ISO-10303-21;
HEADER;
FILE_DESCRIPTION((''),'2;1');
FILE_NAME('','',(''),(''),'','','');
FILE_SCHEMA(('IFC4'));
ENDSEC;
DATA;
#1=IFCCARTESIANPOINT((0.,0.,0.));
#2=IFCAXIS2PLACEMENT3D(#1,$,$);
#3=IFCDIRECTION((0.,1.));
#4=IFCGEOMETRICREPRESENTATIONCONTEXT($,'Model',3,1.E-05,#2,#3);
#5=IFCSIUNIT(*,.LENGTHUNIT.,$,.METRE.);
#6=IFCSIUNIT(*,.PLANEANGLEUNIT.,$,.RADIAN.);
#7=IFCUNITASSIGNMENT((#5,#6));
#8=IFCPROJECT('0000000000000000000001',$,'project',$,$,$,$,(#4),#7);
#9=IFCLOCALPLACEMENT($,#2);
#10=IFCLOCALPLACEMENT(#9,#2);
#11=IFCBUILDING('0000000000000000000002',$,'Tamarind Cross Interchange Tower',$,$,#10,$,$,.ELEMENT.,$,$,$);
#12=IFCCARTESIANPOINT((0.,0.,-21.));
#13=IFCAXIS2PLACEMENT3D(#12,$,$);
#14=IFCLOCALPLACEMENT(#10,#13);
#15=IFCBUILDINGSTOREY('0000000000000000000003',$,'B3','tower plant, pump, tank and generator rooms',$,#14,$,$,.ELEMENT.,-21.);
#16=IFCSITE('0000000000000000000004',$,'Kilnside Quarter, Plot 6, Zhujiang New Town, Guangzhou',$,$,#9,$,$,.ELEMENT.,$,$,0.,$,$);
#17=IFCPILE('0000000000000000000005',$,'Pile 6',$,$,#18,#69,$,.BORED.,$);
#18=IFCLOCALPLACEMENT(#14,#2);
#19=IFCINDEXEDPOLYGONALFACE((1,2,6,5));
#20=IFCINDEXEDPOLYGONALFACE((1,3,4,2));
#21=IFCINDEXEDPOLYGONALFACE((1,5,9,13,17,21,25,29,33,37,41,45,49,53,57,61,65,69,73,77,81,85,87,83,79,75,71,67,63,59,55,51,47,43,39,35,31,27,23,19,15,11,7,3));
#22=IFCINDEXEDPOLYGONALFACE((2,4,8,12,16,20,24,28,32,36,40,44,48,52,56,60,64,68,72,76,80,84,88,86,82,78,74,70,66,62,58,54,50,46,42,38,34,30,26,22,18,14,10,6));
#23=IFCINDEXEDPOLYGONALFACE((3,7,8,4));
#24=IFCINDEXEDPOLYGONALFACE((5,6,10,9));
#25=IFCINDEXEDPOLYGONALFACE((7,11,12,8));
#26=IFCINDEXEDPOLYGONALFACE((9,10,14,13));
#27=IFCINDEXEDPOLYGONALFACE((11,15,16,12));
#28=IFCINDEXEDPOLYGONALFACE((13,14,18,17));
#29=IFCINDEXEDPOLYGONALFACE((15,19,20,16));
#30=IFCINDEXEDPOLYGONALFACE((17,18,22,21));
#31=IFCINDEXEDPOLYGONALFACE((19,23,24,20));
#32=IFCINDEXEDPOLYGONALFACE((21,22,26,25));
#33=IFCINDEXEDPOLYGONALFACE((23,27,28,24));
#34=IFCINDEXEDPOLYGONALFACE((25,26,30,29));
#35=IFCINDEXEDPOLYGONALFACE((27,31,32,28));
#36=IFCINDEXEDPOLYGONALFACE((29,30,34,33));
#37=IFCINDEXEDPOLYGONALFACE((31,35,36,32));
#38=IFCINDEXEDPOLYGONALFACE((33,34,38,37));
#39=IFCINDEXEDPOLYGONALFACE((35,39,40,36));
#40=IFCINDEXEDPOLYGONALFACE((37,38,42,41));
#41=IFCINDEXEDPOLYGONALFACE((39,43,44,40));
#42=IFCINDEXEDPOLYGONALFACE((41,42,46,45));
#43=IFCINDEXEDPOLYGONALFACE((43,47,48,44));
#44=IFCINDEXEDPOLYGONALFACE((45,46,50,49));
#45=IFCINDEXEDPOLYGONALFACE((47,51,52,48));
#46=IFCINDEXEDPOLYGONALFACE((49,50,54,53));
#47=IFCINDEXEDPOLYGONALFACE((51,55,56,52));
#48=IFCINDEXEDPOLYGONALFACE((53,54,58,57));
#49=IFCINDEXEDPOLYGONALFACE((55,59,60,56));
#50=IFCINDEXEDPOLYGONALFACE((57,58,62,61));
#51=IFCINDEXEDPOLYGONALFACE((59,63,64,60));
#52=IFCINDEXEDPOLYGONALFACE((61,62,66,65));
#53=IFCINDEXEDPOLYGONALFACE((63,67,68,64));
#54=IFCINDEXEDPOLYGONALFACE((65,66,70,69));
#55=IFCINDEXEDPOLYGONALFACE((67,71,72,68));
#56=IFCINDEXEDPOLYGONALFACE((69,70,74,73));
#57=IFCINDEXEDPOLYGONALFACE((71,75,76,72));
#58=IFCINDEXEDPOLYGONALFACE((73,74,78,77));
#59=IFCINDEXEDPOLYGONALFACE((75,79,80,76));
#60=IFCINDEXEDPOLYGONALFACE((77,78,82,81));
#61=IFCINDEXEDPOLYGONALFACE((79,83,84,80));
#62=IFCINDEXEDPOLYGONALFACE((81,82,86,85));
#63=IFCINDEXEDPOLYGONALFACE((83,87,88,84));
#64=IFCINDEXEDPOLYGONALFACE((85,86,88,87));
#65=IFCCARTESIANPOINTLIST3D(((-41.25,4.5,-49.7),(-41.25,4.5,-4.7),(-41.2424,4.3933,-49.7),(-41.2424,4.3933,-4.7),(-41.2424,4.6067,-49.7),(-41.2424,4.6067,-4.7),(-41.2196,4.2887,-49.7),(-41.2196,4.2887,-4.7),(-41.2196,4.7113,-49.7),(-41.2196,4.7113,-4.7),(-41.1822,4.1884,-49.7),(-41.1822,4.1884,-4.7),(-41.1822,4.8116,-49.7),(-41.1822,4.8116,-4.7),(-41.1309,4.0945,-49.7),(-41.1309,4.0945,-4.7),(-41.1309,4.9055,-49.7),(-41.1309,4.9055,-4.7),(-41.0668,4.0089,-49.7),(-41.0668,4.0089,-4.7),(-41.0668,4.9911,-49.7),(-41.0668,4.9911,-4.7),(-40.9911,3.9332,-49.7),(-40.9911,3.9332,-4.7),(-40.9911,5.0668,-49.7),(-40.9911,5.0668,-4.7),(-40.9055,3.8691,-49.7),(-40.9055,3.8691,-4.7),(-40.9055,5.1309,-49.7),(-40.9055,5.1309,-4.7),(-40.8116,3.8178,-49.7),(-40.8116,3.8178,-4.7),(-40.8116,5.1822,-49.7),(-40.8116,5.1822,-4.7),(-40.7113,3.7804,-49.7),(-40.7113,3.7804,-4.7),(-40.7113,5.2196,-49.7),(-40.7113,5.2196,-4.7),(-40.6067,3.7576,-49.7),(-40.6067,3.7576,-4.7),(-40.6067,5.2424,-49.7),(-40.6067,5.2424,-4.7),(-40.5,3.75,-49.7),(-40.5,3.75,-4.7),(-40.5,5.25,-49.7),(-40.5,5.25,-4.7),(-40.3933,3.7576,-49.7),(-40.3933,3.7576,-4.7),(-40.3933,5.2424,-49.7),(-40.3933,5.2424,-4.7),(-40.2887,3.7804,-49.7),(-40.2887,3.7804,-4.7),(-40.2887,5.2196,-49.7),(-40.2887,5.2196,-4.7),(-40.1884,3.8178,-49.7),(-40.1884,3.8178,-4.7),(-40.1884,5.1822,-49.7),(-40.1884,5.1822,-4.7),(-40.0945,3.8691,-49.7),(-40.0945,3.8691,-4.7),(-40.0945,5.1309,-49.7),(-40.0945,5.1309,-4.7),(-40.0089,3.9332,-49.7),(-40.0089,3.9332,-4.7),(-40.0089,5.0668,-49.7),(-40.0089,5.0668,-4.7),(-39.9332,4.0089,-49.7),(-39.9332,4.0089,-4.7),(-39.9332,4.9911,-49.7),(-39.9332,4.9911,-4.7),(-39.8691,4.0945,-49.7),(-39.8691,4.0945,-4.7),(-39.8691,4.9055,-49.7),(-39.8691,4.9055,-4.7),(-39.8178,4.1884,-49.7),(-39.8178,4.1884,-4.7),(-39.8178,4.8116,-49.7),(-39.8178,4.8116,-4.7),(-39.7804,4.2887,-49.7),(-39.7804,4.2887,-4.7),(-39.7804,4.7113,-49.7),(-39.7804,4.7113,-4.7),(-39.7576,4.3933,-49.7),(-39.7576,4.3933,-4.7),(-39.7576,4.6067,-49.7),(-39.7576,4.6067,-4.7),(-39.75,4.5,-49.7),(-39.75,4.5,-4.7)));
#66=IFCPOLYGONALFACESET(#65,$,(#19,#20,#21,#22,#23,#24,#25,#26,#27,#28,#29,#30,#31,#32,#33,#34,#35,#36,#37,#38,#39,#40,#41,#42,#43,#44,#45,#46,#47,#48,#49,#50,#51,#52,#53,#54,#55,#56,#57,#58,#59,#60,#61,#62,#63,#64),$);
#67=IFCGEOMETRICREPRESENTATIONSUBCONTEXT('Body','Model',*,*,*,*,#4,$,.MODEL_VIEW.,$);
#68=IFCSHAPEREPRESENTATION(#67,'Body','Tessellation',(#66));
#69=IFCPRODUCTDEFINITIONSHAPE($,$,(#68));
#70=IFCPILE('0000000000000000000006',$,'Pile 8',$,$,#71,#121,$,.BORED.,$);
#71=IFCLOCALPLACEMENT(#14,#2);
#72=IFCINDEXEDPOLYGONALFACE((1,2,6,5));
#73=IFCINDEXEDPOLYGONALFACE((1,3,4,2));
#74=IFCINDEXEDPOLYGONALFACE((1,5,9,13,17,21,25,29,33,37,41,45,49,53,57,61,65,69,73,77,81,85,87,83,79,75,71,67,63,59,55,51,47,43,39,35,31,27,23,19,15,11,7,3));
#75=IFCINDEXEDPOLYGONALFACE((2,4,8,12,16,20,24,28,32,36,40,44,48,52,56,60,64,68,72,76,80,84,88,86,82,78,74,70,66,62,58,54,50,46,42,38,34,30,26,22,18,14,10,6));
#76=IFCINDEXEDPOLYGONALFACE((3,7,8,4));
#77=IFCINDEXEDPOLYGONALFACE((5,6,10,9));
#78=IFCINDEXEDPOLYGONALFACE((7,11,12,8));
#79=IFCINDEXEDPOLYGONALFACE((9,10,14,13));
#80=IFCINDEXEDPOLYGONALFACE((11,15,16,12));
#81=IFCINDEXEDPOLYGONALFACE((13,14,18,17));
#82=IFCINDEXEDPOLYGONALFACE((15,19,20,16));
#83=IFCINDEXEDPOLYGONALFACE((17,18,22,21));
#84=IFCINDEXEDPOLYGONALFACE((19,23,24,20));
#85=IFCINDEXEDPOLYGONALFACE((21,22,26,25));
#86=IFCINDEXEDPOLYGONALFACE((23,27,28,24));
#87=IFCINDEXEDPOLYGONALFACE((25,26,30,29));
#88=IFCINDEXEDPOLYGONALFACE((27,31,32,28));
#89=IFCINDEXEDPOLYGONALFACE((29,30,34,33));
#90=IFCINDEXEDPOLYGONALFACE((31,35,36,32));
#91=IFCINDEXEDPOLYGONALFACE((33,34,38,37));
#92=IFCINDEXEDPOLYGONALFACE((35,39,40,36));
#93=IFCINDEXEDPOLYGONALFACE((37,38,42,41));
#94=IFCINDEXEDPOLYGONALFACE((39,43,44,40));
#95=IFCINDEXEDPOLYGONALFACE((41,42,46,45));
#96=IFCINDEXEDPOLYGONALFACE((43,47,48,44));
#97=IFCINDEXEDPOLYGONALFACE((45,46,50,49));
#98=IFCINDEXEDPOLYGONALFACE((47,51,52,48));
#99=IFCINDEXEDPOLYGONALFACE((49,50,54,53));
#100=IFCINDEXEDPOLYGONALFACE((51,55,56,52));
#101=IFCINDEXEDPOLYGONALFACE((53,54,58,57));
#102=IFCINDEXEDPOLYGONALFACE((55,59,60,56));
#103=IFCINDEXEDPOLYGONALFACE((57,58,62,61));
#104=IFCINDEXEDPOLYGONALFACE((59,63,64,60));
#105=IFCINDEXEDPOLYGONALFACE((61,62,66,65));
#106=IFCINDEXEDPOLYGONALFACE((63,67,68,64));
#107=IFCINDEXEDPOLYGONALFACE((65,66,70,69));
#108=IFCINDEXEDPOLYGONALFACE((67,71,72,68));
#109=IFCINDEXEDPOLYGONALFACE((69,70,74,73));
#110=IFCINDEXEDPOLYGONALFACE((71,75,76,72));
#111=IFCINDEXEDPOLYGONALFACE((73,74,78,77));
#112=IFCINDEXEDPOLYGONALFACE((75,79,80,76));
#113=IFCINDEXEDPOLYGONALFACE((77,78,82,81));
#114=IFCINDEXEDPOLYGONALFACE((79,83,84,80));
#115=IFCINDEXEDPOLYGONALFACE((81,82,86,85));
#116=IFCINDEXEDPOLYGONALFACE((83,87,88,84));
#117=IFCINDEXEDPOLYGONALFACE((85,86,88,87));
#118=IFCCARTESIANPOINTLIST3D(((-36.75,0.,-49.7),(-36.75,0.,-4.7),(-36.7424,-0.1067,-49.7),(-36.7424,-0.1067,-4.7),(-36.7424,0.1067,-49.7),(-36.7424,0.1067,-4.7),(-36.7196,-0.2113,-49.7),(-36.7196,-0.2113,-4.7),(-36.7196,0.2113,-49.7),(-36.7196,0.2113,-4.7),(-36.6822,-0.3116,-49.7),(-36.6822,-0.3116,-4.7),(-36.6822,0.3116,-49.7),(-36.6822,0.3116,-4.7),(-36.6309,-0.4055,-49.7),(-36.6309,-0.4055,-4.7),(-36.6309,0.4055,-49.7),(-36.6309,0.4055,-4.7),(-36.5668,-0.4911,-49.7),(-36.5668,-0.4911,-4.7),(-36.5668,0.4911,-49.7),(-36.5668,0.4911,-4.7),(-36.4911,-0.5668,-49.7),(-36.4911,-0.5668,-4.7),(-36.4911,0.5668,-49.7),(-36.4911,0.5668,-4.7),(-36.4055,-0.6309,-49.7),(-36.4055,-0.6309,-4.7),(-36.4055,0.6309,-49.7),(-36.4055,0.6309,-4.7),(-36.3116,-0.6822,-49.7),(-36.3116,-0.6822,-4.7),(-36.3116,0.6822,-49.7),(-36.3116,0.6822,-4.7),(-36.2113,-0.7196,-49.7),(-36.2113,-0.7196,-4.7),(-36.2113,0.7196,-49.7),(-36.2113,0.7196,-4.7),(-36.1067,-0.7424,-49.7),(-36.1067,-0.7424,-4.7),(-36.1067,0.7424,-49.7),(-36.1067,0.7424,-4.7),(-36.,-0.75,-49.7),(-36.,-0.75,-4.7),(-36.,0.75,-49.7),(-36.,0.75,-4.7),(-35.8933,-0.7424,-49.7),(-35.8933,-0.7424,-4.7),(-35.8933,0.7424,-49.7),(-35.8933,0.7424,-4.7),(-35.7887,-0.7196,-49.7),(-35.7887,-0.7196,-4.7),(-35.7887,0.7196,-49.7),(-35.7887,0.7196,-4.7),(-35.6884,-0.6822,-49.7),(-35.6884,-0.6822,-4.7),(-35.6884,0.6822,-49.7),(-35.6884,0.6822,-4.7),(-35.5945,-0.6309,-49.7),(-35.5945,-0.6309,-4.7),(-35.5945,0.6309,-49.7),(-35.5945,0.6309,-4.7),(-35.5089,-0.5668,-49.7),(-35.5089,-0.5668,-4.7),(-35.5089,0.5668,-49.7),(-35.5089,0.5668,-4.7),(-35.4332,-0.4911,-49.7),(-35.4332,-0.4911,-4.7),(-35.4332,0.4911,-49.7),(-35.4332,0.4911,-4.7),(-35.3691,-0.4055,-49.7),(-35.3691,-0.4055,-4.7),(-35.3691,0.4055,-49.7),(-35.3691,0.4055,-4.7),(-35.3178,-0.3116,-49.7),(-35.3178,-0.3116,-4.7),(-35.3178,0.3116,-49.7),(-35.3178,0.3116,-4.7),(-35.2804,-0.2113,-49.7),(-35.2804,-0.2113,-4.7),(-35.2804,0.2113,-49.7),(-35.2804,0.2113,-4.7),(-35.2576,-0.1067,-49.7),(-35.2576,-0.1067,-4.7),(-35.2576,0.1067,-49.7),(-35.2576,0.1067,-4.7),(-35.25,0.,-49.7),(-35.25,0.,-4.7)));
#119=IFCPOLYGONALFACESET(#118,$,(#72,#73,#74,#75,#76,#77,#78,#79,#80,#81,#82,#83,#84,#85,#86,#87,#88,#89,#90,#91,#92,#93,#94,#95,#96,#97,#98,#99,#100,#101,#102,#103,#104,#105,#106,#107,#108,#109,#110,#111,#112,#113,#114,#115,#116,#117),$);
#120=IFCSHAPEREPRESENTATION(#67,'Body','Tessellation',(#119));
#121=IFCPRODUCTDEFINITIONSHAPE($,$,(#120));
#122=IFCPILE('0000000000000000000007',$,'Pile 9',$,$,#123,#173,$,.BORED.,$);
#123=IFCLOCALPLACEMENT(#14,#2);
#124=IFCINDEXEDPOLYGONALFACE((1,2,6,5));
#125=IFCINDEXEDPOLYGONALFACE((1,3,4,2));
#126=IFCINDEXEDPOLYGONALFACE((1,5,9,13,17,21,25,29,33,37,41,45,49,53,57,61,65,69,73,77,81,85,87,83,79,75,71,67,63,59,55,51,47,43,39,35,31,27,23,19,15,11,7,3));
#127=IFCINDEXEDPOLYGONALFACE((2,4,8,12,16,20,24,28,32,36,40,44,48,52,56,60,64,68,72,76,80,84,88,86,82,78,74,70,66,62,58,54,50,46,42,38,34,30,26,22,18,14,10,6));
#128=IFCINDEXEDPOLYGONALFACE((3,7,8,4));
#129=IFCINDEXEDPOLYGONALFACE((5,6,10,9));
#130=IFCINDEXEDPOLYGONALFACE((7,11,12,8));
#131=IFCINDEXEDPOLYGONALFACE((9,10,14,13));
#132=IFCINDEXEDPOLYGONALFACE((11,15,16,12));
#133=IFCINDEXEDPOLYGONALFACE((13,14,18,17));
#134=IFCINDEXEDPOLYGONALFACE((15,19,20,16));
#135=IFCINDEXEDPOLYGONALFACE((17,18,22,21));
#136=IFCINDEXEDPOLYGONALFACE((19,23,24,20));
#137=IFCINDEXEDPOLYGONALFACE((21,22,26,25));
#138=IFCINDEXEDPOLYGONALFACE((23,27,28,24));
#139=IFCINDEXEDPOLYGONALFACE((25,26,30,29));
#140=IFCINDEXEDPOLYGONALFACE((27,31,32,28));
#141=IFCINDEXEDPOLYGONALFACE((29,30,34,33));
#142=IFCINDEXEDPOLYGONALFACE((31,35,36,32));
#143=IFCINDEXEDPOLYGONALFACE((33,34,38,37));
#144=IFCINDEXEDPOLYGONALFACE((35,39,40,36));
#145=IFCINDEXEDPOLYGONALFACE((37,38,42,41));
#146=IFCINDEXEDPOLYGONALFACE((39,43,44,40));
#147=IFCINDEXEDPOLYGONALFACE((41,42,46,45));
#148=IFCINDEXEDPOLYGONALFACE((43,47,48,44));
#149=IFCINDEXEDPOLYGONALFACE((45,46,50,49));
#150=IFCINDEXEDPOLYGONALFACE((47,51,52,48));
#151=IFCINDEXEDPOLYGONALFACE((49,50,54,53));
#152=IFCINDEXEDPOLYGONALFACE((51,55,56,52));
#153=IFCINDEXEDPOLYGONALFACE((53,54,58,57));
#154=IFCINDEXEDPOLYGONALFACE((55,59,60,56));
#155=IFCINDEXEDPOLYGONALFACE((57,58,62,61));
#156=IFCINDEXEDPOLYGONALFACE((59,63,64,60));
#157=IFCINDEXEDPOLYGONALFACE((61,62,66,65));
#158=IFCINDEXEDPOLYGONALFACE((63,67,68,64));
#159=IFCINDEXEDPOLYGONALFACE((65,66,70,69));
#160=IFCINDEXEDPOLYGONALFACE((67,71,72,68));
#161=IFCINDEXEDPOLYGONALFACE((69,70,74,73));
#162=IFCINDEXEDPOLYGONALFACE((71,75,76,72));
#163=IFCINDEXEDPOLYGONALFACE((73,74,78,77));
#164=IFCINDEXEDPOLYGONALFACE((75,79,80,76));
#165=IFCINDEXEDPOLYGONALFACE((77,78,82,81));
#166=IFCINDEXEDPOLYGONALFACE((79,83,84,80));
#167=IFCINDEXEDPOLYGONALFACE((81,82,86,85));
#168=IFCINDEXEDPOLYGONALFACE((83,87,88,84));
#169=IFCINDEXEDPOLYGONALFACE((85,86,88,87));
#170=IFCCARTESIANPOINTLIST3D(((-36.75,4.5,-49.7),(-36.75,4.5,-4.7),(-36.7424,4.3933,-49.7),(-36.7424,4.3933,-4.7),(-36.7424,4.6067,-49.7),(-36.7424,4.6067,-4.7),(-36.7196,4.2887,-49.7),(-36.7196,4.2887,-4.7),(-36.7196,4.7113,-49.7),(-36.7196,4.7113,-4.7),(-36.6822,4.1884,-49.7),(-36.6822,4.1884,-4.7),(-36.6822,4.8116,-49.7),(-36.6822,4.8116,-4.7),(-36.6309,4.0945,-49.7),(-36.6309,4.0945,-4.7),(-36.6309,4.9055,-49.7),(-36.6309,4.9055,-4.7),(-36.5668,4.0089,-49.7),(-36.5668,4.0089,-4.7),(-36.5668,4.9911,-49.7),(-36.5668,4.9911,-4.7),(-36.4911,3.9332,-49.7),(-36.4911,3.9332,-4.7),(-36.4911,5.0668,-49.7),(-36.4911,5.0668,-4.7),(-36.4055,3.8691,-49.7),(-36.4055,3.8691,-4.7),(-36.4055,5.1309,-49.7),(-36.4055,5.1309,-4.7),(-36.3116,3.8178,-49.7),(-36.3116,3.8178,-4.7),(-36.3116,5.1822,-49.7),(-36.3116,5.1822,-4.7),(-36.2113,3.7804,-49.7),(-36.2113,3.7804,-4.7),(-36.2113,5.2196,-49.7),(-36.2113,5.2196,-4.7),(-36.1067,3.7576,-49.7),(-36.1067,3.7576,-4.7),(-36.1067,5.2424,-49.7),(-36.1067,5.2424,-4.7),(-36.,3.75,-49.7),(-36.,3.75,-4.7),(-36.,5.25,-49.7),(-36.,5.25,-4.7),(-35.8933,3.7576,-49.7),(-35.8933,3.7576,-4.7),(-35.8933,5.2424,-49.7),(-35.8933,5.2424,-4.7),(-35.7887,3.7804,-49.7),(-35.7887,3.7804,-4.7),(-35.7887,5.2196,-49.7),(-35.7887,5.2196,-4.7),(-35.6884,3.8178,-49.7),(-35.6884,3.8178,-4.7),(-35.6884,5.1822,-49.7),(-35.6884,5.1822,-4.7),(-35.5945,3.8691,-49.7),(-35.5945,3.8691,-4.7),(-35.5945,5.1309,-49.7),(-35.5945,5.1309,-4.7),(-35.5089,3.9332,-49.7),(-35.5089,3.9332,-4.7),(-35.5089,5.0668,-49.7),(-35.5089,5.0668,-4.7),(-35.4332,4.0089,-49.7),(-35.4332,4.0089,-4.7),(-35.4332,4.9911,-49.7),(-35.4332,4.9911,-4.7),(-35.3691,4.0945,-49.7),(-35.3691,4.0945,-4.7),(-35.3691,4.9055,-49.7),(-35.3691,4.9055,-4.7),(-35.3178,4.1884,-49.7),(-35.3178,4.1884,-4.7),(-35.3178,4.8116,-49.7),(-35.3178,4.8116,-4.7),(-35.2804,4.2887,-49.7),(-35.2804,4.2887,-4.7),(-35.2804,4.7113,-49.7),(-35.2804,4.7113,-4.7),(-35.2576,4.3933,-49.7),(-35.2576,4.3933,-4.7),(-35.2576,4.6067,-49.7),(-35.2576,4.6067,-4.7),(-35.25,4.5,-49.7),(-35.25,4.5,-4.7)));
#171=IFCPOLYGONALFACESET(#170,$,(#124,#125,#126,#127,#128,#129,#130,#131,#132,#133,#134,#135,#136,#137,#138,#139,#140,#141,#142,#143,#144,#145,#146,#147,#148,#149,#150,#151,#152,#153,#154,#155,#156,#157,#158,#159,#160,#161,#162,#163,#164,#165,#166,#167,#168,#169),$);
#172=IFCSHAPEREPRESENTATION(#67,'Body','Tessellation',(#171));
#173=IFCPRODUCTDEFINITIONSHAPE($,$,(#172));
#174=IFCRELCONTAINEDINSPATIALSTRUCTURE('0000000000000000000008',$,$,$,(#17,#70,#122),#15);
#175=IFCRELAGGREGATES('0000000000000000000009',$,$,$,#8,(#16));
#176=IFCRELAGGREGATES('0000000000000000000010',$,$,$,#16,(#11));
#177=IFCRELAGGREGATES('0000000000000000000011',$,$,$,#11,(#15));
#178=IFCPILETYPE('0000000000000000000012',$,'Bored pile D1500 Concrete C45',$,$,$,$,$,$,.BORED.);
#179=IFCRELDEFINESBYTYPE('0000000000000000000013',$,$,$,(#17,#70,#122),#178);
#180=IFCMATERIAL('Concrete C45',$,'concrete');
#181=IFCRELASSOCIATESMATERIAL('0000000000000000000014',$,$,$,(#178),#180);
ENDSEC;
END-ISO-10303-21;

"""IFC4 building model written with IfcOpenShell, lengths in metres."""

from ifc_helpers import new_model, si_unit, direction, frame, origin, origin_2d, place, context, subcontext, project, spatial, circle, extrude, material, material_profile, profile_set, type_object, element, save


model = new_model("IFC4")

# Units and contexts
model_context = context("Model", 3, precision=1e-05, world=origin(), true_north=direction((0.0, 1.0)))
body_context = subcontext(model_context, "Body", "Model", "MODEL_VIEW")
ifc_project = project(units=[si_unit("LENGTHUNIT", "METRE"), si_unit("PLANEANGLEUNIT", "RADIAN")], contexts=[model_context])

# Site, building, storey
site_placement = place(None, origin())
site = spatial("IfcSite", under=ifc_project, at=site_placement, Name="Kilnside Quarter, Plot 6, Zhujiang New Town, Guangzhou", CompositionType="ELEMENT", RefElevation=0.0)
building_placement = place(site_placement, origin())
building = spatial("IfcBuilding", under=site, at=building_placement, Name="Tamarind Cross Interchange Tower", CompositionType="ELEMENT")
storey_placement = place(building_placement, frame((0.0, 0.0, -21.0)))
storey = spatial("IfcBuildingStorey", under=building, at=storey_placement, Name="B3", Description="tower plant, pump, tank and generator rooms", CompositionType="ELEMENT", Elevation=-21.0)

# Piles
ifc_material_1 = material(Name="Concrete C45", Category="concrete")
ifc_material_profile_1 = material_profile(ifc_material_1, circle(Radius=0.75, at=origin_2d()), Name="RC D1500")
ifc_profile_set_1 = profile_set([ifc_material_profile_1], Name="Concrete C45")
pile_type = type_object("IfcPileType", Name="Bored pile D1500 Concrete C45", PredefinedType="BORED", material=ifc_profile_set_1)
for number, where, z_axis, x_axis, name in (
    (1, (-40.5, 4.5, -4.7), (0.0, 0.0, -1.0), (1.0, 0.0, 0.0), "Pile 6"),
    (2, (-36.0, 0.0, -4.7), (0.0, 0.0, -1.0), (1.0, 0.0, 0.0), "Pile 8"),
    (3, (-36.0, 4.5, -4.7), (0.0, 0.0, -1.0), (1.0, 0.0, 0.0), "Pile 9"),
):
    element("IfcPile", number, at=place(storey_placement, frame(where, z_axis=z_axis, x_axis=x_axis)), inside=storey, type_object=pile_type, Name=name, PredefinedType="BORED", context=body_context, shape_type="SweptSolid", body=[
        extrude(circle(Radius=0.75, at=origin_2d()), origin(), (0.0, 0.0, 1.0), 45.0),
    ])

save(model, "model.ifc")
